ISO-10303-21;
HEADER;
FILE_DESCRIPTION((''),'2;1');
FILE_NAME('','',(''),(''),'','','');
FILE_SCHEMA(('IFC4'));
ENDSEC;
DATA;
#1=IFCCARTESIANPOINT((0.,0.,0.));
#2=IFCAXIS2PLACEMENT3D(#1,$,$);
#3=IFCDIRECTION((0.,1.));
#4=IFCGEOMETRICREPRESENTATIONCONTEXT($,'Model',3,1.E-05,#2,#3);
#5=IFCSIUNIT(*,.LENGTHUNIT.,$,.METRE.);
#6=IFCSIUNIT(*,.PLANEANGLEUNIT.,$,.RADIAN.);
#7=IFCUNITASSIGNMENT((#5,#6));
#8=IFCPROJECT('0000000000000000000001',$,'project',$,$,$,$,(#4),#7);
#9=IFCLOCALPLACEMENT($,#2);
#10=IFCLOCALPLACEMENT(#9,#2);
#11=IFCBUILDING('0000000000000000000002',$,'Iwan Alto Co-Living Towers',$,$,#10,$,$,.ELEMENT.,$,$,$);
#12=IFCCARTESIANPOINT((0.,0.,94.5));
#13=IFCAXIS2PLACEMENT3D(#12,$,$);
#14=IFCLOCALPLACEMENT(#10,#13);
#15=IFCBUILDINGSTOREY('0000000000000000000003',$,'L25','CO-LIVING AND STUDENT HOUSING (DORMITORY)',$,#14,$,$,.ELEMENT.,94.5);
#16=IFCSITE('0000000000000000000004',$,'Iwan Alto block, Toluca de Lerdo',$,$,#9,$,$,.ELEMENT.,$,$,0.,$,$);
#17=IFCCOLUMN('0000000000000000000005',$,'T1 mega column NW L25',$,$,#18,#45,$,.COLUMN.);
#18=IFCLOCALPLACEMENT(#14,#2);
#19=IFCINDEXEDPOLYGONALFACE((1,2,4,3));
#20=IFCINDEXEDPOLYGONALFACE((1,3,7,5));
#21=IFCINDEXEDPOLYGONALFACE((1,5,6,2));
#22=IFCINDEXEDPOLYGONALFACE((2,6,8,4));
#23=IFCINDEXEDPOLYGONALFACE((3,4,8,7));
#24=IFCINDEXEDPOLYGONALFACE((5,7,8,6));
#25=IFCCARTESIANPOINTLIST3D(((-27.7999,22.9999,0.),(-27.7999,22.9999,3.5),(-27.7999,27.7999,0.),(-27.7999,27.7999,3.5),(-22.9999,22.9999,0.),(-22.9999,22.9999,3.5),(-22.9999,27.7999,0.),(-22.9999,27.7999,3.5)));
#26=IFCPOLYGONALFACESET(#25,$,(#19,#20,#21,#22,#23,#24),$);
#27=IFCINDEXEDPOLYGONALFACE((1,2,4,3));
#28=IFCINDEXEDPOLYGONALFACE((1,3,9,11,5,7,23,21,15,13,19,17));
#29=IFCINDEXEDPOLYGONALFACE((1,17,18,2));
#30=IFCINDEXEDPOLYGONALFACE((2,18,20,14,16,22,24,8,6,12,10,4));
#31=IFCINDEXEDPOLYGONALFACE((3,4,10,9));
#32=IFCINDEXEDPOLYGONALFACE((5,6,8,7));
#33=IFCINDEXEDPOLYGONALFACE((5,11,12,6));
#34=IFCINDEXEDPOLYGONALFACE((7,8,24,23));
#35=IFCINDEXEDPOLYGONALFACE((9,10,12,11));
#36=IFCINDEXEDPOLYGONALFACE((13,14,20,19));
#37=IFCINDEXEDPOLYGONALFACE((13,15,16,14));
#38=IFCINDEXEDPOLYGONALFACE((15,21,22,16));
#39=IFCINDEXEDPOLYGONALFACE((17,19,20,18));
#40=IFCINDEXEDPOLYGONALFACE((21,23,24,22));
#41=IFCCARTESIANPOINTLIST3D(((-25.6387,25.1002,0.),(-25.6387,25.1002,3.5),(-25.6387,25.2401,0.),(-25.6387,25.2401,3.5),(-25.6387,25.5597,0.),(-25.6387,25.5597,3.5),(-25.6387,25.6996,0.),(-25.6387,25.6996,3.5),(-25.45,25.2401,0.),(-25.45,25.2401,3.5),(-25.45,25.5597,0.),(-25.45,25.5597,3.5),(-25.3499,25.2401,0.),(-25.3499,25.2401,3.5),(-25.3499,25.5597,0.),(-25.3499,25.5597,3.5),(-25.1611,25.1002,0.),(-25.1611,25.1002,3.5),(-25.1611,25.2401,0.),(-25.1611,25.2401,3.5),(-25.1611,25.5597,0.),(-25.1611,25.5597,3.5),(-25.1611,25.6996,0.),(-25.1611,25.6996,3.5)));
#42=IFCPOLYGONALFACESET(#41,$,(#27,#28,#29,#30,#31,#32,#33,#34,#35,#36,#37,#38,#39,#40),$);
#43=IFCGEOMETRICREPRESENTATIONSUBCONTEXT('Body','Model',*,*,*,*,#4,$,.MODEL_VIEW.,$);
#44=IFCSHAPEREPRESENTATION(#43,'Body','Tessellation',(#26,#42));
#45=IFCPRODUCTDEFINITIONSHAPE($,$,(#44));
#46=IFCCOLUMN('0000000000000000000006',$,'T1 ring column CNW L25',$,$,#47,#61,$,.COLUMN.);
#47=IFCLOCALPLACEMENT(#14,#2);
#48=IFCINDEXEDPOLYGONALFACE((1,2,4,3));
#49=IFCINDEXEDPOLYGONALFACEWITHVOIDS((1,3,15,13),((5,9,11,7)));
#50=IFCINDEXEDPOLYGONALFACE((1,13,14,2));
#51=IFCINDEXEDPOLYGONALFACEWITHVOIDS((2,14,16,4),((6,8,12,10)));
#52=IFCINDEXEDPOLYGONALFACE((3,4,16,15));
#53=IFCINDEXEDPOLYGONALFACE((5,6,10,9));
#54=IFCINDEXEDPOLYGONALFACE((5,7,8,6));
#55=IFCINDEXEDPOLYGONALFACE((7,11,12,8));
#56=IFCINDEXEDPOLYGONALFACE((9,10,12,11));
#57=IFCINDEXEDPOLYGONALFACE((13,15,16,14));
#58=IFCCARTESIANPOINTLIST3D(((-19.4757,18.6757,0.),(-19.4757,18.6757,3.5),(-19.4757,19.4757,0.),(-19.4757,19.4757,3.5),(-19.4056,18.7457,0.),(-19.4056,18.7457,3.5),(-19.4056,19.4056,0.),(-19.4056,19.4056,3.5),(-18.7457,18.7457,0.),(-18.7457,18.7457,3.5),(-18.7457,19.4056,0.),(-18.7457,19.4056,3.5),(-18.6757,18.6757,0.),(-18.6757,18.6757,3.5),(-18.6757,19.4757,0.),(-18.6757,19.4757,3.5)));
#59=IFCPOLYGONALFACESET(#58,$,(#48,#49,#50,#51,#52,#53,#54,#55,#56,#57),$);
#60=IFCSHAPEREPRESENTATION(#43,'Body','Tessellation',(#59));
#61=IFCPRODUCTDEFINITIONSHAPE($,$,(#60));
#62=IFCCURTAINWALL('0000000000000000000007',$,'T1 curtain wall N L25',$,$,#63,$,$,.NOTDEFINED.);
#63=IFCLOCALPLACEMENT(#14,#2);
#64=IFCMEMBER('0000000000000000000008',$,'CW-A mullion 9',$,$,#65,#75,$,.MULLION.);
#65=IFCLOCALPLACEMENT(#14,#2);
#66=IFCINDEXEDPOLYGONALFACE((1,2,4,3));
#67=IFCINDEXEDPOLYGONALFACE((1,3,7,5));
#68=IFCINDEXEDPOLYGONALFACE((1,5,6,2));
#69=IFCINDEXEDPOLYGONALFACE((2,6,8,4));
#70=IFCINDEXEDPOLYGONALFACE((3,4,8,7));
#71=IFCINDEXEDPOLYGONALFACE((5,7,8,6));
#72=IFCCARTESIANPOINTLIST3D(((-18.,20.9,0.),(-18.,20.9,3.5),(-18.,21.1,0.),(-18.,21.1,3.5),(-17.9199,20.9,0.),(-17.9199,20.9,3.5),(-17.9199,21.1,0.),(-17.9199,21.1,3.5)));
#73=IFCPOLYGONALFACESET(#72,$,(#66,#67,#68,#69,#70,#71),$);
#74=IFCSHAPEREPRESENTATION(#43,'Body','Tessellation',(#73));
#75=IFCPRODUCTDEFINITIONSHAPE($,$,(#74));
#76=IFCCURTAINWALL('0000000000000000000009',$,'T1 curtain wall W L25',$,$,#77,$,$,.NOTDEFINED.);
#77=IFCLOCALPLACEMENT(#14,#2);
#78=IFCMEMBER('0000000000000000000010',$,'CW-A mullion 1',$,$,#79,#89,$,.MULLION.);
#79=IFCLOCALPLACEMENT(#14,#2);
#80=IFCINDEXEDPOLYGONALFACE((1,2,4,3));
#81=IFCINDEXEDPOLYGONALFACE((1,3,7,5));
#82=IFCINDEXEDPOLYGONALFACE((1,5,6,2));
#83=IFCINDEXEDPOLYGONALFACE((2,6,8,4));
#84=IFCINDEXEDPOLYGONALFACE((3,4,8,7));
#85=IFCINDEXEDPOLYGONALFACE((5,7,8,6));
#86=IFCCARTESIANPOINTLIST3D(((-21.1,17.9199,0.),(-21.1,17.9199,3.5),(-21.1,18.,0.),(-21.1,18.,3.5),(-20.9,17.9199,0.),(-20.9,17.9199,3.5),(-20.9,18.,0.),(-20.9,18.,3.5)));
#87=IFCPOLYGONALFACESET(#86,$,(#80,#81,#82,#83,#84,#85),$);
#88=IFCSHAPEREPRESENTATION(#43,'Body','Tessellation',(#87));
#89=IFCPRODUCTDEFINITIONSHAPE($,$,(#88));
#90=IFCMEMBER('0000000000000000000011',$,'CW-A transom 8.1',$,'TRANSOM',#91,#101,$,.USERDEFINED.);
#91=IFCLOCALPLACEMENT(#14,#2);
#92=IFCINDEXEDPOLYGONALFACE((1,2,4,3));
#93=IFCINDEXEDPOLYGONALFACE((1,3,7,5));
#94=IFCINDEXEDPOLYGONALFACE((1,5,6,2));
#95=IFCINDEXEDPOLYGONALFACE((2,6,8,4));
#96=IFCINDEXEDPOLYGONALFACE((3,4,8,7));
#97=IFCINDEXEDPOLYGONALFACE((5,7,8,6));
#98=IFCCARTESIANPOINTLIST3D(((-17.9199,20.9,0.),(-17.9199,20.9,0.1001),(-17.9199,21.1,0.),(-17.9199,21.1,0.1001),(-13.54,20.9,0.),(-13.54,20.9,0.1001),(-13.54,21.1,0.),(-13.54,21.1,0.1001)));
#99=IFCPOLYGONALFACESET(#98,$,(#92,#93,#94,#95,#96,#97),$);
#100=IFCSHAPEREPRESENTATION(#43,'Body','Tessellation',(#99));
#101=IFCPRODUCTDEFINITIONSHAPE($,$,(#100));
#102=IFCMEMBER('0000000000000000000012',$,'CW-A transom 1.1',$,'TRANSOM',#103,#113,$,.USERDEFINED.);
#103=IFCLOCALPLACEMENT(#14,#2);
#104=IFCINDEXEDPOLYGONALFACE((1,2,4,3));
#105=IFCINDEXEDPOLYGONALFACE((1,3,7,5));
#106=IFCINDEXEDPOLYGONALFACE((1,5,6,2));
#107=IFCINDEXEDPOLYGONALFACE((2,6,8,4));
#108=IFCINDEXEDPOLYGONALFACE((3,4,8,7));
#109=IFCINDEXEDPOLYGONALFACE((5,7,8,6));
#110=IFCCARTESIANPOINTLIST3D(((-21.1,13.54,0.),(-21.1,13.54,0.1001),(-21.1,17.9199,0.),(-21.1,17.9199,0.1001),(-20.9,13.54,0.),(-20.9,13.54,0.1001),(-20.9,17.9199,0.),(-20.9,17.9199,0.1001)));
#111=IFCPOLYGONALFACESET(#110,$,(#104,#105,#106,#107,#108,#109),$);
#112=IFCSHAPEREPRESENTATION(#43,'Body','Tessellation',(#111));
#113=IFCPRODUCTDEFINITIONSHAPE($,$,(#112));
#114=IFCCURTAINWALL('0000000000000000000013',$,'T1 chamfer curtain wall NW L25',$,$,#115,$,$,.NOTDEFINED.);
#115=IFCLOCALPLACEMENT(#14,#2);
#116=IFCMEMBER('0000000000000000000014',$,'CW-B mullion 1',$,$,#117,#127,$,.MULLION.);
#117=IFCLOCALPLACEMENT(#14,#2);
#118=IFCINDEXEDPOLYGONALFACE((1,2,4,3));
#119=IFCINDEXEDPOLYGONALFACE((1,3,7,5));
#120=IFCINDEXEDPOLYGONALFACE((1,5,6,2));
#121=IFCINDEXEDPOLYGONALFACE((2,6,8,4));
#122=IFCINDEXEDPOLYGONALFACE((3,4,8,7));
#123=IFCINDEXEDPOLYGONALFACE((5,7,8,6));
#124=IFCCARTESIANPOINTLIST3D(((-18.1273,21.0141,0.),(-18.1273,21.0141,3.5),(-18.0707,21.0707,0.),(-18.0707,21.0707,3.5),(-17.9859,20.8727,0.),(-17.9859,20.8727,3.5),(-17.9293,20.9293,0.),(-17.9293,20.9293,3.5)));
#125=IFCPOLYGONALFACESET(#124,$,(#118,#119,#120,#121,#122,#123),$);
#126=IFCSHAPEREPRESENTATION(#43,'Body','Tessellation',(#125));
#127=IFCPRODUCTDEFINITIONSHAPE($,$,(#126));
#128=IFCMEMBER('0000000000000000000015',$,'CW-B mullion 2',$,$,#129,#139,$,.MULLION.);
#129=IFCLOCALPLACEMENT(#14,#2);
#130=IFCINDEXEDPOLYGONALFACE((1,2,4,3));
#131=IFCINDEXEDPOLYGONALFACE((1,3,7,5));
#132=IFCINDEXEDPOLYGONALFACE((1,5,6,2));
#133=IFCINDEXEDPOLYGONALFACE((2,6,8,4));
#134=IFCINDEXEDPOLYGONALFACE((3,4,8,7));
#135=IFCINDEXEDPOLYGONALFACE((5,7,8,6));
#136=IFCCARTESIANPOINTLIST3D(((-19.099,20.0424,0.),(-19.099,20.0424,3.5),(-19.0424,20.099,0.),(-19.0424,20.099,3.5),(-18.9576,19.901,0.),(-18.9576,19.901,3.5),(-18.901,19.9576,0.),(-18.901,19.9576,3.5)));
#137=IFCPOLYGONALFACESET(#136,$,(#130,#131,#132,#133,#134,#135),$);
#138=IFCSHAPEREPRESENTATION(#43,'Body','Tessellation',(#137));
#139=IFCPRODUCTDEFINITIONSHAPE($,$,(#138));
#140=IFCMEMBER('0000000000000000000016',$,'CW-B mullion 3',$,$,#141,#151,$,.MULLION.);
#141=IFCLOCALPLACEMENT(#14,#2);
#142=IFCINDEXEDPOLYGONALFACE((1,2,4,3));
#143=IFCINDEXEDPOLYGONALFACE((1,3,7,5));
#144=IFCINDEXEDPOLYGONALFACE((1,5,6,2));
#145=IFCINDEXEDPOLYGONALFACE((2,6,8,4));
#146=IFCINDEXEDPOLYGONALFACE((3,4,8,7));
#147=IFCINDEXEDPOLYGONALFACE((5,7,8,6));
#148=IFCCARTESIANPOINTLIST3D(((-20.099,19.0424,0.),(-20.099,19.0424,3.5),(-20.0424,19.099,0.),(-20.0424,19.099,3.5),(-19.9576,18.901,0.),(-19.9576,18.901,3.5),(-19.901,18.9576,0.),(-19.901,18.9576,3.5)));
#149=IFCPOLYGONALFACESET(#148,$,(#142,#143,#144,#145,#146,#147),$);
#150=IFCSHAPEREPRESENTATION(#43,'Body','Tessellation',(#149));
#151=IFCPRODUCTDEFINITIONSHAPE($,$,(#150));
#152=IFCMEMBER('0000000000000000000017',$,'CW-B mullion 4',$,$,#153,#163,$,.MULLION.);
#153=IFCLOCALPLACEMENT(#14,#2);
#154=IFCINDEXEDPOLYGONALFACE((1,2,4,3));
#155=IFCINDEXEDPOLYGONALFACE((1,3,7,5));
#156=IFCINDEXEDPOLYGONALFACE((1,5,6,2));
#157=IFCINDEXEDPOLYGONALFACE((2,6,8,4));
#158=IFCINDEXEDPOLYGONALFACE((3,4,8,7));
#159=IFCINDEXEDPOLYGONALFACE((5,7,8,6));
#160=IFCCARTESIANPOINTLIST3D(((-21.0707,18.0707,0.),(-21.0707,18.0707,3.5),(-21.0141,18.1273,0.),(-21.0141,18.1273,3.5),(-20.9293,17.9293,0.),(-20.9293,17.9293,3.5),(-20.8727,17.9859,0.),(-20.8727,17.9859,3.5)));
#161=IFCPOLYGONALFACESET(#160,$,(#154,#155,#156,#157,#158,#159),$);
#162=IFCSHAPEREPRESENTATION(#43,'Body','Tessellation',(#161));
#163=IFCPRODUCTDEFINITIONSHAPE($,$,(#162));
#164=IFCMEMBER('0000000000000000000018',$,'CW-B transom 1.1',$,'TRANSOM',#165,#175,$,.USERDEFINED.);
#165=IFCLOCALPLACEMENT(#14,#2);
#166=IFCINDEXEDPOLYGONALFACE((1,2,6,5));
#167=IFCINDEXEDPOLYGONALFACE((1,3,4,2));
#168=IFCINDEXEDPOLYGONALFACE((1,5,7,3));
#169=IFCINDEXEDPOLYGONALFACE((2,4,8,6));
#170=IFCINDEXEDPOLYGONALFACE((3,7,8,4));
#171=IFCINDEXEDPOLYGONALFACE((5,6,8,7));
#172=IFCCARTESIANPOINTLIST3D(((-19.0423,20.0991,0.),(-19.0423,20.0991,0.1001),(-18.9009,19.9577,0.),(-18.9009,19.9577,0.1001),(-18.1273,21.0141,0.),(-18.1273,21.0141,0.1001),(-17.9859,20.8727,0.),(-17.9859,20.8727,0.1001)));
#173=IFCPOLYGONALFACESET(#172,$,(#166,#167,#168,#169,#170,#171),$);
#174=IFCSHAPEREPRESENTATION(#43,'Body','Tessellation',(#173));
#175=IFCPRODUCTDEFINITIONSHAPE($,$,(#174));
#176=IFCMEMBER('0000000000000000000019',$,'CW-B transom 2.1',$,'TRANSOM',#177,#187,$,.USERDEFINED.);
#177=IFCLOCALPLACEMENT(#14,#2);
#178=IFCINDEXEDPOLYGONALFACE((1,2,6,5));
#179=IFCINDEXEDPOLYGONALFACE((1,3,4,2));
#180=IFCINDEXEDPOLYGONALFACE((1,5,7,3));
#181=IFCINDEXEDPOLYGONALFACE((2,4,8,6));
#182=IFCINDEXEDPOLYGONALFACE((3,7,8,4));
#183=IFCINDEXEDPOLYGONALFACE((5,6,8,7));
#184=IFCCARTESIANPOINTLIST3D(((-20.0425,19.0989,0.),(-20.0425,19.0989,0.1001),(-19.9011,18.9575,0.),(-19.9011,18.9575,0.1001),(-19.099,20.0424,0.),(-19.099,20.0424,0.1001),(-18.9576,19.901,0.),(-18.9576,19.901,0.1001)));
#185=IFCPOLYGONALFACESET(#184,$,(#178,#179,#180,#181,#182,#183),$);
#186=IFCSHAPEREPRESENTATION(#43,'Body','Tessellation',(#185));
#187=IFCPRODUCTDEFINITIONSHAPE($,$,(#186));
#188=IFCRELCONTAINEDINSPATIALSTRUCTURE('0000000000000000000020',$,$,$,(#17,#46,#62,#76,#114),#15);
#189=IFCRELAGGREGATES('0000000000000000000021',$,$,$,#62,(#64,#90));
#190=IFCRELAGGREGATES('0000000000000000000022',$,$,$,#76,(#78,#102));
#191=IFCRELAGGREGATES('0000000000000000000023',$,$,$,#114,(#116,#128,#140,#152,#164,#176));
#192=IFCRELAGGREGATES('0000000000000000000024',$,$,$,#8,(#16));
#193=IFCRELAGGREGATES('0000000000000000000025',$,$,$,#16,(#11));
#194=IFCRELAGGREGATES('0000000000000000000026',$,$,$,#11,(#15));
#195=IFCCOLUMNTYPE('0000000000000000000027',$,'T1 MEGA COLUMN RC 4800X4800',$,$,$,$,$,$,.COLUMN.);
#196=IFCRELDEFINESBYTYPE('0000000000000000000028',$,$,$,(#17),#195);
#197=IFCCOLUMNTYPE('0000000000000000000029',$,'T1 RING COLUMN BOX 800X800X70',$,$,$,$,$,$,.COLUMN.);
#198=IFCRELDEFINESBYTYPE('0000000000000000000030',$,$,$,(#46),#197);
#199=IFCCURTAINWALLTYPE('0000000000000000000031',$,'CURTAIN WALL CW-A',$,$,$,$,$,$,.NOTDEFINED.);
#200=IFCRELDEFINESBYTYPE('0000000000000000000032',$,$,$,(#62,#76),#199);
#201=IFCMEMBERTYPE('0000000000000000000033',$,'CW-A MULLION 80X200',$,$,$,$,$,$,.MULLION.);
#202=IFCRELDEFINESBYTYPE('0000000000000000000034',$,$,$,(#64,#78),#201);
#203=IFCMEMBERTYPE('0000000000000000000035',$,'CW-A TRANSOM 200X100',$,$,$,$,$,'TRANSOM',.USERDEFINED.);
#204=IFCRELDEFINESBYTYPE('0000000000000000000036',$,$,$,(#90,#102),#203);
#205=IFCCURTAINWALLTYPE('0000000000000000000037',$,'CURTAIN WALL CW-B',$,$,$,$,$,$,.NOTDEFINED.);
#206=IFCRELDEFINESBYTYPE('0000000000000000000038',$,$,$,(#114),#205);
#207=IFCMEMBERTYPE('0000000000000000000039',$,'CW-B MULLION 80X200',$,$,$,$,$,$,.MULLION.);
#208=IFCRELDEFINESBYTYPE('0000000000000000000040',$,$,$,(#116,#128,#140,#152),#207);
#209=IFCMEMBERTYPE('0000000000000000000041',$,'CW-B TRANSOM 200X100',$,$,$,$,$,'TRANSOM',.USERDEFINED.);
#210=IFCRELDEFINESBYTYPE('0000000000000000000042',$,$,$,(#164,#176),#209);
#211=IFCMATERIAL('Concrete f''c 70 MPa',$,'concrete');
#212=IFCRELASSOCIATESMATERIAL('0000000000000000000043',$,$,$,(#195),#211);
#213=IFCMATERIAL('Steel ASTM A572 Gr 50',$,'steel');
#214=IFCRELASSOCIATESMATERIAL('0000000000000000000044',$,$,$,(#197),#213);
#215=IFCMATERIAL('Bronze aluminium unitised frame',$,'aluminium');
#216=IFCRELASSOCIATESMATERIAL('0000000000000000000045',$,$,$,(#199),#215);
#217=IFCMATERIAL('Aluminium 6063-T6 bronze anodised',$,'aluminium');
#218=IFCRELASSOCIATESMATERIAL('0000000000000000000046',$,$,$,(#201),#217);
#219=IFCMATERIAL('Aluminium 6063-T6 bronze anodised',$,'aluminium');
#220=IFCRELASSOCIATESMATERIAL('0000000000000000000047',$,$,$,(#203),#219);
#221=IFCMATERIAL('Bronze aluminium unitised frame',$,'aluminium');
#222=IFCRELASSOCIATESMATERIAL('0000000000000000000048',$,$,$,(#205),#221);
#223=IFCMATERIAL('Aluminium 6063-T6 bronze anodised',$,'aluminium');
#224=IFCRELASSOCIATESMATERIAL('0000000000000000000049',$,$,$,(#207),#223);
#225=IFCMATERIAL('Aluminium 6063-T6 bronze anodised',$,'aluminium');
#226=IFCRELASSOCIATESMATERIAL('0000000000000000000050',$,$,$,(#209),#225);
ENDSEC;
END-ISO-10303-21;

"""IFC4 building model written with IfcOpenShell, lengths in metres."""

from ifc_helpers import new_model, si_unit, direction, frame, origin, origin_2d, place, context, subcontext, project, spatial, rectangle, hollow_rectangle, i_section, extrude, material, material_profile, profile_set, type_object, element, aggregate, save


model = new_model("IFC4")

# Units and contexts
model_context = context("Model", 3, precision=1e-05, world=origin(), true_north=direction((0.0, 1.0)))
body_context = subcontext(model_context, "Body", "Model", "MODEL_VIEW")
ifc_project = project(units=[si_unit("LENGTHUNIT", "METRE"), si_unit("PLANEANGLEUNIT", "RADIAN")], contexts=[model_context])

# Site, building, storey
site_placement = place(None, origin())
site = spatial("IfcSite", under=ifc_project, at=site_placement, Name="Iwan Alto block, Toluca de Lerdo", CompositionType="ELEMENT", RefElevation=0.0)
building_placement = place(site_placement, origin())
building = spatial("IfcBuilding", under=site, at=building_placement, Name="Iwan Alto Co-Living Towers", CompositionType="ELEMENT")
storey_placement = place(building_placement, frame((0.0, 0.0, 94.5)))
storey = spatial("IfcBuildingStorey", under=building, at=storey_placement, Name="L25", Description="CO-LIVING AND STUDENT HOUSING (DORMITORY)", CompositionType="ELEMENT", Elevation=94.5)

# Columns
ifc_material_1 = material(Name="Concrete f'c 70 MPa", Category="concrete")
ifc_material_profile_1 = material_profile(ifc_material_1, rectangle(XDim=4.8, YDim=4.8, at=origin_2d()), Name="RC 4800X4800")
ifc_profile_set_1 = profile_set([ifc_material_profile_1], Name="Concrete f'c 70 MPa")
column_type_1 = type_object("IfcColumnType", Name="T1 MEGA COLUMN RC 4800X4800", PredefinedType="COLUMN", material=ifc_profile_set_1)
column_1_placement = place(storey_placement, frame((-25.3999, 25.3999, 0.0), z_axis=(0.0, 0.0, 1.0), x_axis=(1.0, 0.0, 0.0)))
element("IfcColumn", 1, at=column_1_placement, inside=storey, type_object=column_type_1, Name="T1 mega column NW L25", PredefinedType="COLUMN", context=body_context, shape_type="SweptSolid", body=[
    extrude(rectangle(XDim=4.8, YDim=4.8, at=origin_2d()), origin(), (0.0, 0.0, 1.0), 3.5),
    extrude(i_section(OverallWidth=0.4775, OverallDepth=0.5994, WebThickness=0.1001, FlangeThickness=0.1399, at=origin_2d()), origin(), (0.0, 0.0, 1.0), 3.5),
])
ifc_material_2 = material(Name="Steel ASTM A572 Gr 50", Category="steel")
ifc_material_profile_2 = material_profile(ifc_material_2, hollow_rectangle(XDim=0.8, YDim=0.8, WallThickness=0.0701, at=origin_2d()), Name="BOX 800X800X70")
ifc_profile_set_2 = profile_set([ifc_material_profile_2], Name="Steel ASTM A572 Gr 50")
column_type_2 = type_object("IfcColumnType", Name="T1 RING COLUMN BOX 800X800X70", PredefinedType="COLUMN", material=ifc_profile_set_2)
column_2_placement = place(storey_placement, frame((-19.0757, 19.0757, 0.0), z_axis=(0.0, 0.0, 1.0), x_axis=(1.0, 0.0, 0.0)))
element("IfcColumn", 2, at=column_2_placement, inside=storey, type_object=column_type_2, Name="T1 ring column CNW L25", PredefinedType="COLUMN", context=body_context, shape_type="SweptSolid", body=[
    extrude(hollow_rectangle(XDim=0.8, YDim=0.8, WallThickness=0.0701, at=origin_2d()), origin(), (0.0, 0.0, 1.0), 3.5),
])

# Curtain walls, members
ifc_material_3 = material(Name="Bronze aluminium unitised frame", Category="aluminium")
curtain_wall_type_1 = type_object("IfcCurtainWallType", Name="CURTAIN WALL CW-A", PredefinedType="NOTDEFINED", material=ifc_material_3)
curtain_wall_1_placement = place(storey_placement, origin())
curtain_wall_1 = element("IfcCurtainWall", 3, at=curtain_wall_1_placement, inside=storey, type_object=curtain_wall_type_1, Name="T1 curtain wall N L25", PredefinedType="NOTDEFINED")
ifc_material_4 = material(Name="Aluminium 6063-T6 bronze anodised", Category="aluminium")
ifc_material_profile_3 = material_profile(ifc_material_4, rectangle(XDim=0.2, YDim=0.0801, at=origin_2d()), Name="AL 80X200")
ifc_profile_set_3 = profile_set([ifc_material_profile_3], Name="Aluminium 6063-T6 bronze anodised")
member_type_1 = type_object("IfcMemberType", Name="CW-A MULLION 80X200", PredefinedType="MULLION", material=ifc_profile_set_3)
member_1_placement = place(storey_placement, frame((-17.96, 21.0, 0.0), z_axis=(0.0, 0.0, 1.0), x_axis=(0.0, -1.0, 0.0)))
member_1 = element("IfcMember", 4, at=member_1_placement, type_object=member_type_1, Name="CW-A mullion 9", PredefinedType="MULLION", context=body_context, shape_type="SweptSolid", body=[
    extrude(rectangle(XDim=0.2, YDim=0.0801, at=origin_2d()), origin(), (0.0, 0.0, 1.0), 3.5),
])
curtain_wall_2_placement = place(storey_placement, origin())
curtain_wall_2 = element("IfcCurtainWall", 5, at=curtain_wall_2_placement, inside=storey, type_object=curtain_wall_type_1, Name="T1 curtain wall W L25", PredefinedType="NOTDEFINED")
member_2_placement = place(storey_placement, frame((-21.0, 17.96, 0.0), z_axis=(0.0, 0.0, 1.0), x_axis=(1.0, 0.0, 0.0)))
member_2 = element("IfcMember", 6, at=member_2_placement, type_object=member_type_1, Name="CW-A mullion 1", PredefinedType="MULLION", context=body_context, shape_type="SweptSolid", body=[
    extrude(rectangle(XDim=0.2, YDim=0.0801, at=origin_2d()), origin(), (0.0, 0.0, 1.0), 3.5),
])

# Members
ifc_material_5 = material(Name="Aluminium 6063-T6 bronze anodised", Category="aluminium")
ifc_material_profile_4 = material_profile(ifc_material_5, rectangle(XDim=0.2, YDim=0.1001, at=origin_2d()), Name="AL 200X100")
ifc_profile_set_4 = profile_set([ifc_material_profile_4], Name="Aluminium 6063-T6 bronze anodised")
member_type_2 = type_object("IfcMemberType", Name="CW-A TRANSOM 200X100", ElementType="TRANSOM", PredefinedType="USERDEFINED", material=ifc_profile_set_4)
member_3_placement = place(storey_placement, frame((-13.54, 21.0, 0.05), z_axis=(-1.0, 0.0, 0.0), x_axis=(0.0, -1.0, 0.0)))
member_3 = element("IfcMember", 7, at=member_3_placement, type_object=member_type_2, Name="CW-A transom 8.1", ObjectType="TRANSOM", PredefinedType="USERDEFINED", context=body_context, shape_type="SweptSolid", body=[
    extrude(rectangle(XDim=0.2, YDim=0.1001, at=origin_2d()), origin(), (0.0, 0.0, 1.0), 4.3799),
])
member_4_placement = place(storey_placement, frame((-21.0, 17.9199, 0.05), z_axis=(0.0, -1.0, 0.0), x_axis=(1.0, 0.0, 0.0)))
member_4 = element("IfcMember", 8, at=member_4_placement, type_object=member_type_2, Name="CW-A transom 1.1", ObjectType="TRANSOM", PredefinedType="USERDEFINED", context=body_context, shape_type="SweptSolid", body=[
    extrude(rectangle(XDim=0.2, YDim=0.1001, at=origin_2d()), origin(), (0.0, 0.0, 1.0), 4.3799),
])

# Curtain wall, members
ifc_material_6 = material(Name="Bronze aluminium unitised frame", Category="aluminium")
curtain_wall_type_2 = type_object("IfcCurtainWallType", Name="CURTAIN WALL CW-B", PredefinedType="NOTDEFINED", material=ifc_material_6)
curtain_wall_3_placement = place(storey_placement, origin())
curtain_wall_3 = element("IfcCurtainWall", 9, at=curtain_wall_3_placement, inside=storey, type_object=curtain_wall_type_2, Name="T1 chamfer curtain wall NW L25", PredefinedType="NOTDEFINED")
ifc_material_7 = material(Name="Aluminium 6063-T6 bronze anodised", Category="aluminium")
ifc_material_profile_5 = material_profile(ifc_material_7, rectangle(XDim=0.2, YDim=0.0801, at=origin_2d()), Name="AL 80X200")
ifc_profile_set_5 = profile_set([ifc_material_profile_5], Name="Aluminium 6063-T6 bronze anodised")
member_type_3 = type_object("IfcMemberType", Name="CW-B MULLION 80X200", PredefinedType="MULLION", material=ifc_profile_set_5)
member_5_placement = place(storey_placement, frame((-18.0283, 20.9717, 0.0), z_axis=(0.0, 0.0, 1.0), x_axis=(0.707107, -0.707107, 0.0)))
member_5 = element("IfcMember", 10, at=member_5_placement, type_object=member_type_3, Name="CW-B mullion 1", PredefinedType="MULLION", context=body_context, shape_type="SweptSolid", body=[
    extrude(rectangle(XDim=0.2, YDim=0.0801, at=origin_2d()), origin(), (0.0, 0.0, 1.0), 3.5),
])
member_6_placement = place(storey_placement, frame((-19.0, 20.0, 0.0), z_axis=(0.0, 0.0, 1.0), x_axis=(0.707107, -0.707107, 0.0)))
member_6 = element("IfcMember", 11, at=member_6_placement, type_object=member_type_3, Name="CW-B mullion 2", PredefinedType="MULLION", context=body_context, shape_type="SweptSolid", body=[
    extrude(rectangle(XDim=0.2, YDim=0.0801, at=origin_2d()), origin(), (0.0, 0.0, 1.0), 3.5),
])
member_7_placement = place(storey_placement, frame((-20.0, 19.0, 0.0), z_axis=(0.0, 0.0, 1.0), x_axis=(0.707107, -0.707107, 0.0)))
member_7 = element("IfcMember", 12, at=member_7_placement, type_object=member_type_3, Name="CW-B mullion 3", PredefinedType="MULLION", context=body_context, shape_type="SweptSolid", body=[
    extrude(rectangle(XDim=0.2, YDim=0.0801, at=origin_2d()), origin(), (0.0, 0.0, 1.0), 3.5),
])
member_8_placement = place(storey_placement, frame((-20.9717, 18.0283, 0.0), z_axis=(0.0, 0.0, 1.0), x_axis=(0.707107, -0.707107, 0.0)))
member_8 = element("IfcMember", 13, at=member_8_placement, type_object=member_type_3, Name="CW-B mullion 4", PredefinedType="MULLION", context=body_context, shape_type="SweptSolid", body=[
    extrude(rectangle(XDim=0.2, YDim=0.0801, at=origin_2d()), origin(), (0.0, 0.0, 1.0), 3.5),
])
ifc_material_8 = material(Name="Aluminium 6063-T6 bronze anodised", Category="aluminium")
ifc_material_profile_6 = material_profile(ifc_material_8, rectangle(XDim=0.2, YDim=0.1001, at=origin_2d()), Name="AL 200X100")
ifc_profile_set_6 = profile_set([ifc_material_profile_6], Name="Aluminium 6063-T6 bronze anodised")
member_type_4 = type_object("IfcMemberType", Name="CW-B TRANSOM 200X100", ElementType="TRANSOM", PredefinedType="USERDEFINED", material=ifc_profile_set_6)
member_9_placement = place(storey_placement, frame((-18.0566, 20.9434, 0.05), z_axis=(-0.707107, -0.707107, 0.0), x_axis=(0.707107, -0.707107, 0.0)))
member_9 = element("IfcMember", 14, at=member_9_placement, type_object=member_type_4, Name="CW-B transom 1.1", ObjectType="TRANSOM", PredefinedType="USERDEFINED", context=body_context, shape_type="SweptSolid", body=[
    extrude(rectangle(XDim=0.2, YDim=0.1001, at=origin_2d()), origin(), (0.0, 0.0, 1.0), 1.2939),
])
member_10_placement = place(storey_placement, frame((-19.0283, 19.9717, 0.05), z_axis=(-0.707107, -0.707107, 0.0), x_axis=(0.707107, -0.707107, 0.0)))
member_10 = element("IfcMember", 15, at=member_10_placement, type_object=member_type_4, Name="CW-B transom 2.1", ObjectType="TRANSOM", PredefinedType="USERDEFINED", context=body_context, shape_type="SweptSolid", body=[
    extrude(rectangle(XDim=0.2, YDim=0.1001, at=origin_2d()), origin(), (0.0, 0.0, 1.0), 1.3342),
])

aggregate(curtain_wall_1, [member_1, member_3])
aggregate(curtain_wall_2, [member_2, member_4])
aggregate(curtain_wall_3, [member_5, member_6, member_7, member_8, member_9, member_10])

save(model, "model.ifc")
